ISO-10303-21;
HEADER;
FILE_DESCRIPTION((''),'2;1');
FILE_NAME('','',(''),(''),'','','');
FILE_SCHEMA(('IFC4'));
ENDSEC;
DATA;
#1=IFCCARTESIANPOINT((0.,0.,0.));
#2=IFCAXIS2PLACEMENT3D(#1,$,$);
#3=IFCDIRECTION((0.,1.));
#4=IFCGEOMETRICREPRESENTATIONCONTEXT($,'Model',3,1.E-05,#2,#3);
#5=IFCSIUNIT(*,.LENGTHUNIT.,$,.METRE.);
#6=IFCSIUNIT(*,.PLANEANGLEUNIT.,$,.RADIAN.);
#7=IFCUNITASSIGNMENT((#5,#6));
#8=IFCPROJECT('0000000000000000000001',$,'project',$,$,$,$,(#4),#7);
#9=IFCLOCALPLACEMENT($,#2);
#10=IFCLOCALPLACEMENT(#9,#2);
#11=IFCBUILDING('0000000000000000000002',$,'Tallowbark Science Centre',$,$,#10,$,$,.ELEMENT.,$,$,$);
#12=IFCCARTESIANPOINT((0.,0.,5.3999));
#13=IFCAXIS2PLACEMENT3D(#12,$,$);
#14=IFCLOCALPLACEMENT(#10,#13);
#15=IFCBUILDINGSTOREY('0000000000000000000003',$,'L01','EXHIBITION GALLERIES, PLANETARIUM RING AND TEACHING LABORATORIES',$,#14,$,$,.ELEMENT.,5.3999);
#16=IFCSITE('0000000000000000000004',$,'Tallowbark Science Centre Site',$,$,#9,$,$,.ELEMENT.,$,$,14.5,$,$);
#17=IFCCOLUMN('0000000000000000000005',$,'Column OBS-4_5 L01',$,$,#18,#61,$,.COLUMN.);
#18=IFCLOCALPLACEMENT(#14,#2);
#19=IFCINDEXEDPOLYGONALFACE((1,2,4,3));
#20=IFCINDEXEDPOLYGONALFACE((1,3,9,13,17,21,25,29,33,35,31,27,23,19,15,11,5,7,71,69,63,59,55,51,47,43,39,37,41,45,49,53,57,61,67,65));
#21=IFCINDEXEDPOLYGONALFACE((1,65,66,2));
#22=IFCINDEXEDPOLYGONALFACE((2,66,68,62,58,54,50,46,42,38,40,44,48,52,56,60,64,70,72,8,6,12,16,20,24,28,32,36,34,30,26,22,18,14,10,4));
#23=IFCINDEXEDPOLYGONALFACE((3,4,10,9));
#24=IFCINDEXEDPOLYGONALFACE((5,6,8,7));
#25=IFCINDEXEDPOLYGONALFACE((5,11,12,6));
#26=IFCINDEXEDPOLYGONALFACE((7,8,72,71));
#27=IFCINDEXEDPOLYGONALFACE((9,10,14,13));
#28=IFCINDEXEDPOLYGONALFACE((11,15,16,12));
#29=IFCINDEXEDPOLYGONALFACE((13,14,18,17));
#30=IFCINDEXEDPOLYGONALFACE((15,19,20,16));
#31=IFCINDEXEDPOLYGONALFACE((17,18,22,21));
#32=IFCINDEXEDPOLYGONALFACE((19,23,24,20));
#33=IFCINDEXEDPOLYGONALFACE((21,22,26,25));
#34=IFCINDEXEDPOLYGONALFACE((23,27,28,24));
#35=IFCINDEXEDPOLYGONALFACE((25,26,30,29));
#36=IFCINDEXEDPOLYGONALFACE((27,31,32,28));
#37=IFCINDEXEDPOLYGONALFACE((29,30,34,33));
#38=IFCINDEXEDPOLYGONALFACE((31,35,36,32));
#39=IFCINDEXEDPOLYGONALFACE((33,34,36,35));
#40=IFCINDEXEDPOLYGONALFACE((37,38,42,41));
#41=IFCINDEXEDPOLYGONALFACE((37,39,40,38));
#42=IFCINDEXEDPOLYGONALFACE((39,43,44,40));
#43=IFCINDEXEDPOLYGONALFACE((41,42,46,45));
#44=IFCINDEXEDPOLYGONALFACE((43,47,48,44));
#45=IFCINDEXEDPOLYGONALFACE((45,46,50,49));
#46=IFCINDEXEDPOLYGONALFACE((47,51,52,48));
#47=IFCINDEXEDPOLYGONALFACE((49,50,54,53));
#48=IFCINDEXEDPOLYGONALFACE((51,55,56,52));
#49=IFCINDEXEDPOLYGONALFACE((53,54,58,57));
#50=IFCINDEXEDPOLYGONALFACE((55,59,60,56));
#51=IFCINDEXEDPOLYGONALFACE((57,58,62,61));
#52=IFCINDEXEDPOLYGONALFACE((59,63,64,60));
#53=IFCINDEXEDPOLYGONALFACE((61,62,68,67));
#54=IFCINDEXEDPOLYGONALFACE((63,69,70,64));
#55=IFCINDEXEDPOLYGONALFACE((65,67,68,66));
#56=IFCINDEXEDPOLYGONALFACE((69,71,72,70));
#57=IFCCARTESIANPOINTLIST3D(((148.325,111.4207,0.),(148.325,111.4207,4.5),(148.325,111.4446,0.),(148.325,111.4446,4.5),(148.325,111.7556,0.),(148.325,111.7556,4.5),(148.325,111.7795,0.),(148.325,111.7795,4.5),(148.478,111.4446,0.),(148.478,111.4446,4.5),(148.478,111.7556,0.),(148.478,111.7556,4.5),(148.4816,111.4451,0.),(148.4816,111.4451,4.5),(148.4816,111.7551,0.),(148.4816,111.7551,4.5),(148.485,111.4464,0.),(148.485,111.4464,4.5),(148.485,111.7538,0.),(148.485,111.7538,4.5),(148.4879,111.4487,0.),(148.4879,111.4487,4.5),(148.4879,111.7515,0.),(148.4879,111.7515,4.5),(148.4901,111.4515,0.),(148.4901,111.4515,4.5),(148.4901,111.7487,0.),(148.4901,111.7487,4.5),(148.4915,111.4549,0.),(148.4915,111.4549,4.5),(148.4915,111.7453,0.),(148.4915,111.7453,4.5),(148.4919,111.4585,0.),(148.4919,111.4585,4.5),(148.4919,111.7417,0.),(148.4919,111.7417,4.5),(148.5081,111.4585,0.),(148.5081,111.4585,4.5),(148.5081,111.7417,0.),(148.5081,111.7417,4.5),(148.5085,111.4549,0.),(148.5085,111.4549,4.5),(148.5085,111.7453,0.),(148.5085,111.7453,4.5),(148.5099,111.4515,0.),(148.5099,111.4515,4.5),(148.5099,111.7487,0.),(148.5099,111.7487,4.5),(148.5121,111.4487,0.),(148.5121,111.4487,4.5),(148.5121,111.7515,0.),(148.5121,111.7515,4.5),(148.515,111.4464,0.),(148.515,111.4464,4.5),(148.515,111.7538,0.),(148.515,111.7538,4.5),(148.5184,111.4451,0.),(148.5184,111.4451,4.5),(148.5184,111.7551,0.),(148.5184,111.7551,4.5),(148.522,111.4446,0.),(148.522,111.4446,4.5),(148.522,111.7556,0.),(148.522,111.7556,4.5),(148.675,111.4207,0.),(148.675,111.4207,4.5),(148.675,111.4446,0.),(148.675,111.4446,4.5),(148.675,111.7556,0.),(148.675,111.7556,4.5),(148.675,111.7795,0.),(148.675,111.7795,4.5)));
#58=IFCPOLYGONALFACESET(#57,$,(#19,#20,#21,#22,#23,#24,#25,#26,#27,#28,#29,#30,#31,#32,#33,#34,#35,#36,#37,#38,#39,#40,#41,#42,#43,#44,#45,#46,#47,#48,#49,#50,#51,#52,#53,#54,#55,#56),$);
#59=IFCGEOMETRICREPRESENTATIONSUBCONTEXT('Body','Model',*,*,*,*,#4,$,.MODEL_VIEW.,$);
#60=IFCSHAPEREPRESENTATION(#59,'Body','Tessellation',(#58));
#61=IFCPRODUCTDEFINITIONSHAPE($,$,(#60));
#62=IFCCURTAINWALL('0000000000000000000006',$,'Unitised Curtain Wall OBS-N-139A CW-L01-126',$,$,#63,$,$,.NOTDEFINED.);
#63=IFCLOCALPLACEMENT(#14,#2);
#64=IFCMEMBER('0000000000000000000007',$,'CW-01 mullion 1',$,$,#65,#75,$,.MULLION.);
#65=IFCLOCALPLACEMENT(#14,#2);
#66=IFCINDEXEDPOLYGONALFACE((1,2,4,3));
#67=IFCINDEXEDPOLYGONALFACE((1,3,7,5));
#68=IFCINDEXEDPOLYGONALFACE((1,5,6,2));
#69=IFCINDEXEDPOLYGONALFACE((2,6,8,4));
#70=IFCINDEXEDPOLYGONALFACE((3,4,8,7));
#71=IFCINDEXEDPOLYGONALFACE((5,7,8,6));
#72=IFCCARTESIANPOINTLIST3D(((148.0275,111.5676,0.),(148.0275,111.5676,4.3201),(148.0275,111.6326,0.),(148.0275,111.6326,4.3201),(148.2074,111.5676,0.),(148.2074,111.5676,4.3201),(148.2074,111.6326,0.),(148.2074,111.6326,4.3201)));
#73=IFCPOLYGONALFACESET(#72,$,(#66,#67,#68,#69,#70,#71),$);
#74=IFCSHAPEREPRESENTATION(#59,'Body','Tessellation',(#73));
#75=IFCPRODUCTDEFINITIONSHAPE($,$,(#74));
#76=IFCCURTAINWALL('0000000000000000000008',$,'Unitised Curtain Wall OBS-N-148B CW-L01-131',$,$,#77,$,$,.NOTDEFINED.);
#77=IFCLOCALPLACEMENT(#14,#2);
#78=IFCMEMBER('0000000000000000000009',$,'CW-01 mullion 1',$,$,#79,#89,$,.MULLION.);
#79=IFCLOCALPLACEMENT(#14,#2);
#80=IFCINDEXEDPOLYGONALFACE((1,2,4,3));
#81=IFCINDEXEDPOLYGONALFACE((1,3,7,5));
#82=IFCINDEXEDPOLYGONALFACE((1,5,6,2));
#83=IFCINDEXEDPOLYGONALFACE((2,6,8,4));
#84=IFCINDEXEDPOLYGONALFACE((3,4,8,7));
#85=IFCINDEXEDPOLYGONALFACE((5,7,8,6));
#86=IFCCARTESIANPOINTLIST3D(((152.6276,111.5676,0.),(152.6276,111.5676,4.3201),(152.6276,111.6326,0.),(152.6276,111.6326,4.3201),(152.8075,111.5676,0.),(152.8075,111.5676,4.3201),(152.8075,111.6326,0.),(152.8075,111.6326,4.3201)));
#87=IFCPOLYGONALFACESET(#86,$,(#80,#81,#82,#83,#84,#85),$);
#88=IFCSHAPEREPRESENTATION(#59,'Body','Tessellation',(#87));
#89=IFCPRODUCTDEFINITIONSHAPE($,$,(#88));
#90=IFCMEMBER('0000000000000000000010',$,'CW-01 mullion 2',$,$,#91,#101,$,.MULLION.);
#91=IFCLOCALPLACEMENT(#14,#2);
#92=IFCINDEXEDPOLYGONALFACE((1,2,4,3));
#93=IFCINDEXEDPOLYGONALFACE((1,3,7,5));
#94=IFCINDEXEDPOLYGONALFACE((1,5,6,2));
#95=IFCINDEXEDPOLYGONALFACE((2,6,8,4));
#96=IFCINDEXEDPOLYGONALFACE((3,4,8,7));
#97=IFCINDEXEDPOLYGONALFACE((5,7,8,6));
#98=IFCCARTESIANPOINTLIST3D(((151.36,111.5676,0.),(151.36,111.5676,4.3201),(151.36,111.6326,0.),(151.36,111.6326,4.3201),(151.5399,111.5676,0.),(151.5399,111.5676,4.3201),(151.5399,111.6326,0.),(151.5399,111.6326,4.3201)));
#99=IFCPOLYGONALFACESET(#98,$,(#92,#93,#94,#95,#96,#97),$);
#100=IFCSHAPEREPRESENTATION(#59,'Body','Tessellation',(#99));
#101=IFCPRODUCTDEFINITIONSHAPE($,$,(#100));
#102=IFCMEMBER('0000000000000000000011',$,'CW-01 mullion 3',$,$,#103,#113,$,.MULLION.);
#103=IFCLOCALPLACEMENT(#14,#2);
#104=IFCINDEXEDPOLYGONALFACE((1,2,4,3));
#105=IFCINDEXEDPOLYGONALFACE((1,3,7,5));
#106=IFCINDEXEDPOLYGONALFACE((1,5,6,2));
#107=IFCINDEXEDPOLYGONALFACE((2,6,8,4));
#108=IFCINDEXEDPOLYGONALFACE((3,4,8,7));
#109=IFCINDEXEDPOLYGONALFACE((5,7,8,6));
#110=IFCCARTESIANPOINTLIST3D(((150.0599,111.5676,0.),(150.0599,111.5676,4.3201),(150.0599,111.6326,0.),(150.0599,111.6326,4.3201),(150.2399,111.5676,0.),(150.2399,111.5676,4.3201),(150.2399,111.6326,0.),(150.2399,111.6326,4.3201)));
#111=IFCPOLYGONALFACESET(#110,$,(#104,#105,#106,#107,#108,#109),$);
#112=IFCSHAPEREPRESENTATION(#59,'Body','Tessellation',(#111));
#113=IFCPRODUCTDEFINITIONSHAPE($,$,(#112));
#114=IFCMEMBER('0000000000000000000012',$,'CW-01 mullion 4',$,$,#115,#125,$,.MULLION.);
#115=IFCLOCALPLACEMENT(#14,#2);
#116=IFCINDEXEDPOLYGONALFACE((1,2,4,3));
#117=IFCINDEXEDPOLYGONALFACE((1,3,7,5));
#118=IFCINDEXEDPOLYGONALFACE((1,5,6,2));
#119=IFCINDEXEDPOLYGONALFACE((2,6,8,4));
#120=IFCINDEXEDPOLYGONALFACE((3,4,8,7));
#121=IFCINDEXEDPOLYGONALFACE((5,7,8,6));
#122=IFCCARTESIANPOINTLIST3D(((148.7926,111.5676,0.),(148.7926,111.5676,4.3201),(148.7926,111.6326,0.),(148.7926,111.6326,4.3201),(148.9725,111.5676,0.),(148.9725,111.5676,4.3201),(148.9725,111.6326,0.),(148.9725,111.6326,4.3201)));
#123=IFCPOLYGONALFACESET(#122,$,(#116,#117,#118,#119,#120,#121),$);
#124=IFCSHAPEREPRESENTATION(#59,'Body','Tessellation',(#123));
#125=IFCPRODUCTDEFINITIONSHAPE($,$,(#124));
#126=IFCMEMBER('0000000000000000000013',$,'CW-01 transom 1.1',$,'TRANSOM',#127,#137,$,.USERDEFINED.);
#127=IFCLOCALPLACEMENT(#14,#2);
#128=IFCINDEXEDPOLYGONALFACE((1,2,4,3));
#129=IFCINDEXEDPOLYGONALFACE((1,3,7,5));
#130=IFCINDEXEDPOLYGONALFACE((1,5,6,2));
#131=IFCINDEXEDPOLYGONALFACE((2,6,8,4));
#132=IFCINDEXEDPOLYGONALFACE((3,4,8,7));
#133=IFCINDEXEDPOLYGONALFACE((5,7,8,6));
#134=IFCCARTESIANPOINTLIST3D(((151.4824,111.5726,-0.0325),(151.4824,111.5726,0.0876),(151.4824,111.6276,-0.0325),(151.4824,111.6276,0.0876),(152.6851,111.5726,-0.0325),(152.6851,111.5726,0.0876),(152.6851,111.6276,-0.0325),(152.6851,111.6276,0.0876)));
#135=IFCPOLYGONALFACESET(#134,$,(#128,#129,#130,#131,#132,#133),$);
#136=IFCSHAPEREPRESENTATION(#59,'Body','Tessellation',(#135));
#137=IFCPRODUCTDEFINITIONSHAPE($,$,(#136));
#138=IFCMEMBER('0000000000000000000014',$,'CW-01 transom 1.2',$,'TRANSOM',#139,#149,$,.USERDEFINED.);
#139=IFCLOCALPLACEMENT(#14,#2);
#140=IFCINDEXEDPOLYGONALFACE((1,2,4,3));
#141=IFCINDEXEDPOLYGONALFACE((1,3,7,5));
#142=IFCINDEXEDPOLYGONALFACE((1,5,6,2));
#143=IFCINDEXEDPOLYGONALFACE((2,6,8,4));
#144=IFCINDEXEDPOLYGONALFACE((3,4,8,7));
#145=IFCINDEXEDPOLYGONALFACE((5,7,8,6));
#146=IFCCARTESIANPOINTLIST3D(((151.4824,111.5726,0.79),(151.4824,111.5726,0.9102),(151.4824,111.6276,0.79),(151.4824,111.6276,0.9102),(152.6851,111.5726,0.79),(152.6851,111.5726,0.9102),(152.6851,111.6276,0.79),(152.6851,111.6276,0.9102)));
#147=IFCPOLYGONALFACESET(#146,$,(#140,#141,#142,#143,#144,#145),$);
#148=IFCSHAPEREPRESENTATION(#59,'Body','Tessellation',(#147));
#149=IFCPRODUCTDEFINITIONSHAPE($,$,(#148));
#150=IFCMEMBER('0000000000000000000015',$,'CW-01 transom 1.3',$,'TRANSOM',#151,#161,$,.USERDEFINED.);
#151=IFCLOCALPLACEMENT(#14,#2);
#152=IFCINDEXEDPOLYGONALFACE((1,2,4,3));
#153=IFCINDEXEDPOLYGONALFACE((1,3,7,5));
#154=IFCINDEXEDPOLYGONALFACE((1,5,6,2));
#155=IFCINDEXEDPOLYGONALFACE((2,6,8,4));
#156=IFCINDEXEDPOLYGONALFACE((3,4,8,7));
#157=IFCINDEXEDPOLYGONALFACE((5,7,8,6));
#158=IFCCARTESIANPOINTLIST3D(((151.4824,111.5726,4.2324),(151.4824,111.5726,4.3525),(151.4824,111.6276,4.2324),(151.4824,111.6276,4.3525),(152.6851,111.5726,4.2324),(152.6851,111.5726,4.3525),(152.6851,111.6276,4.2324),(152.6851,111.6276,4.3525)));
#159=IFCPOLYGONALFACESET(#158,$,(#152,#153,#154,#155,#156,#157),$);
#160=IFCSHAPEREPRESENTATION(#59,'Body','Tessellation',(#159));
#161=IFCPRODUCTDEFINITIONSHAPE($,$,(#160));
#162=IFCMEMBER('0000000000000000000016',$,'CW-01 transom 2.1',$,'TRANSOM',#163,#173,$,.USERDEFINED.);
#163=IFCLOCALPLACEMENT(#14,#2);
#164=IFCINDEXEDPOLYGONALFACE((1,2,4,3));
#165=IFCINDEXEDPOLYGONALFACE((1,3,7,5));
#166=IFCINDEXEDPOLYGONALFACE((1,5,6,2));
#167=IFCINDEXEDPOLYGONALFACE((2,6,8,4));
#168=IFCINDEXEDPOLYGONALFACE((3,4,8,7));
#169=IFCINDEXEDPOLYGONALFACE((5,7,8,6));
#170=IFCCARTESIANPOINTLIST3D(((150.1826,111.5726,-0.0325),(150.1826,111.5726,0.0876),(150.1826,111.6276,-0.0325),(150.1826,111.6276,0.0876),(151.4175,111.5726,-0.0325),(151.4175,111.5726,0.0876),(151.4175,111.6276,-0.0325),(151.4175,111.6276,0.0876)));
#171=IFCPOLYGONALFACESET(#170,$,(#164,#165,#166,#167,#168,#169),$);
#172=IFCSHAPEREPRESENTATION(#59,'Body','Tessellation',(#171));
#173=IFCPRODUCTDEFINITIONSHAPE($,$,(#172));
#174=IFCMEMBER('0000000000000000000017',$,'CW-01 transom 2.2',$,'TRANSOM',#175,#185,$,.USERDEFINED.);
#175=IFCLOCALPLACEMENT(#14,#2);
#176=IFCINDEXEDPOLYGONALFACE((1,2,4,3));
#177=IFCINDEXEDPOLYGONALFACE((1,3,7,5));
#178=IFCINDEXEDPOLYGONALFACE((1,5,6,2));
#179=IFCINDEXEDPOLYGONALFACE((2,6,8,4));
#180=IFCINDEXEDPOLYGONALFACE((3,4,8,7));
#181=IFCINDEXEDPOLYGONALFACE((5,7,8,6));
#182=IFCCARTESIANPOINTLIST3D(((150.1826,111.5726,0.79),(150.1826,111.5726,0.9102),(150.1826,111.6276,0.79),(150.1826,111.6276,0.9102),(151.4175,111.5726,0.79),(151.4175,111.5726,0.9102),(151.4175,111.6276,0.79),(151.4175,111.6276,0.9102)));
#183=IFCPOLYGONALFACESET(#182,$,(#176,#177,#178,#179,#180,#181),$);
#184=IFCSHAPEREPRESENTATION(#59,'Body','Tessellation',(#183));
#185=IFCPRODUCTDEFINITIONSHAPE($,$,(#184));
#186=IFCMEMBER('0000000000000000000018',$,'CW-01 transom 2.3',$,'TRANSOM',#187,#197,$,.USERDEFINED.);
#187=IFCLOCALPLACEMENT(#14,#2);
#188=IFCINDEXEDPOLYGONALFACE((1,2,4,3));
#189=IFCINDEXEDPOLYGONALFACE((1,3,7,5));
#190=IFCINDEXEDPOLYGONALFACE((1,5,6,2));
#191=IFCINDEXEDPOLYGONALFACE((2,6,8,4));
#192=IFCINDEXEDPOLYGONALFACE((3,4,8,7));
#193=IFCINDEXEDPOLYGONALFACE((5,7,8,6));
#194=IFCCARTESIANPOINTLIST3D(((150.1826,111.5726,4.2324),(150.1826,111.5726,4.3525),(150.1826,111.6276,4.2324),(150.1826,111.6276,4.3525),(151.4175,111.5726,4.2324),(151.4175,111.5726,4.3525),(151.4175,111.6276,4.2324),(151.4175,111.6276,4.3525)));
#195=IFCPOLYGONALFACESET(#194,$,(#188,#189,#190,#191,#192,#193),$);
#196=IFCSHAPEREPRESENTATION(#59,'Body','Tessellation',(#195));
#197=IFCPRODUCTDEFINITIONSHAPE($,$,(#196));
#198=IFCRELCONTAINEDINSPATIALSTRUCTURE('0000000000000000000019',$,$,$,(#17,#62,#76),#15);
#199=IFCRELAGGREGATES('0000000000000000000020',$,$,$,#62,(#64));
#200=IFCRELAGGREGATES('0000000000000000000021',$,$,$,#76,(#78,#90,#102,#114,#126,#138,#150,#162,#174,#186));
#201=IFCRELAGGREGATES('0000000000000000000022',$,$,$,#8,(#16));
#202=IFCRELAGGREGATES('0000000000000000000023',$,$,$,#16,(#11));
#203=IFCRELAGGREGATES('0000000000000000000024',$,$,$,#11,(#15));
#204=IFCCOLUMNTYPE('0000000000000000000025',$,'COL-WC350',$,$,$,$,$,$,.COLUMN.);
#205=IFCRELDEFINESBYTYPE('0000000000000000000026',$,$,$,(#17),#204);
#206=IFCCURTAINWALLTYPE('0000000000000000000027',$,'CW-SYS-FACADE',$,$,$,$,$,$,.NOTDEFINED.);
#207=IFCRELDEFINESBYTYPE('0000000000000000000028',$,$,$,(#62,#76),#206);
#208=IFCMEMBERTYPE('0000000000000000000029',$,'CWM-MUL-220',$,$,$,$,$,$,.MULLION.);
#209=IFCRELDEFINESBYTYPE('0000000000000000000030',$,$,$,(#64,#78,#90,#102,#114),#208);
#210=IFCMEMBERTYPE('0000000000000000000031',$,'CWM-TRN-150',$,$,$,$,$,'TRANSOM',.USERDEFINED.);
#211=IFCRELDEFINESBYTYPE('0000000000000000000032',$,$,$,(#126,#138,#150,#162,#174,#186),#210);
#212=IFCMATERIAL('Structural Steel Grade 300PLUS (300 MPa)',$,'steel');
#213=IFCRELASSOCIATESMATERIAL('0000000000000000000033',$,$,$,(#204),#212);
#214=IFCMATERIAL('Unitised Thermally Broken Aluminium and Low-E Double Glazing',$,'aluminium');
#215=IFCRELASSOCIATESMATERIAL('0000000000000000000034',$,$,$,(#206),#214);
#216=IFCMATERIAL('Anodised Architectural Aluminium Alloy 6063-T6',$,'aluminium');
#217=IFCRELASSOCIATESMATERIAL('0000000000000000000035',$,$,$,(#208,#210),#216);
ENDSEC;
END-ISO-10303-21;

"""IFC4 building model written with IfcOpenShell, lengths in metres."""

from ifc_helpers import new_model, si_unit, direction, frame, origin, origin_2d, place, context, subcontext, project, spatial, rectangle, i_section, extrude, material, material_profile, profile_set, type_object, element, aggregate, save


model = new_model("IFC4")

# Units and contexts
model_context = context("Model", 3, precision=1e-05, world=origin(), true_north=direction((0.0, 1.0)))
body_context = subcontext(model_context, "Body", "Model", "MODEL_VIEW")
ifc_project = project(units=[si_unit("LENGTHUNIT", "METRE"), si_unit("PLANEANGLEUNIT", "RADIAN")], contexts=[model_context])

# Site, building, storey
site_placement = place(None, origin())
site = spatial("IfcSite", under=ifc_project, at=site_placement, Name="Tallowbark Science Centre Site", CompositionType="ELEMENT", RefElevation=14.5)
building_placement = place(site_placement, origin())
building = spatial("IfcBuilding", under=site, at=building_placement, Name="Tallowbark Science Centre", CompositionType="ELEMENT")
storey_placement = place(building_placement, frame((0.0, 0.0, 5.3999)))
storey = spatial("IfcBuildingStorey", under=building, at=storey_placement, Name="L01", Description="EXHIBITION GALLERIES, PLANETARIUM RING AND TEACHING LABORATORIES", CompositionType="ELEMENT", Elevation=5.3999)

# Column
ifc_material_1 = material(Name="Structural Steel Grade 300PLUS (300 MPa)", Category="steel")
ifc_material_profile_1 = material_profile(ifc_material_1, i_section(OverallWidth=0.3501, OverallDepth=0.3589, WebThickness=0.0161, FlangeThickness=0.0239, FilletRadius=0.0139, at=origin_2d()), Name="350WC197")
ifc_profile_set_1 = profile_set([ifc_material_profile_1], Name="Structural Steel Grade 300PLUS (300 MPa)")
column_type = type_object("IfcColumnType", Name="COL-WC350", PredefinedType="COLUMN", material=ifc_profile_set_1)
column_placement = place(storey_placement, frame((148.5, 111.6001, 0.0), z_axis=(0.0, 0.0, 1.0), x_axis=(1.0, 0.0, 0.0)))
element("IfcColumn", 1, at=column_placement, inside=storey, type_object=column_type, Name="Column OBS-4_5 L01", PredefinedType="COLUMN", context=body_context, shape_type="SweptSolid", body=[
    extrude(i_section(OverallWidth=0.3501, OverallDepth=0.3589, WebThickness=0.0161, FlangeThickness=0.0239, FilletRadius=0.0139, at=origin_2d()), origin(), (0.0, 0.0, 1.0), 4.5),
])

# Curtain wall, member
ifc_material_2 = material(Name="Unitised Thermally Broken Aluminium and Low-E Double Glazing", Category="aluminium")
curtain_wall_type = type_object("IfcCurtainWallType", Name="CW-SYS-FACADE", PredefinedType="NOTDEFINED", material=ifc_material_2)
curtain_wall_1_placement = place(storey_placement, origin())
curtain_wall_1 = element("IfcCurtainWall", 2, at=curtain_wall_1_placement, inside=storey, type_object=curtain_wall_type, Name="Unitised Curtain Wall OBS-N-139A CW-L01-126", PredefinedType="NOTDEFINED")
ifc_material_3 = material(Name="Anodised Architectural Aluminium Alloy 6063-T6", Category="aluminium")
ifc_material_profile_2 = material_profile(ifc_material_3, rectangle(XDim=0.0649, YDim=0.1799, at=origin_2d()), Name="ALU65x180")
ifc_profile_set_2 = profile_set([ifc_material_profile_2], Name="Anodised Architectural Aluminium Alloy 6063-T6")
member_type_1 = type_object("IfcMemberType", Name="CWM-MUL-220", PredefinedType="MULLION", material=ifc_profile_set_2)
member_1_placement = place(storey_placement, frame((148.1174, 111.6001, 0.0), z_axis=(0.0, 0.0, 1.0), x_axis=(0.0, -1.0, 0.0)))
member_1 = element("IfcMember", 3, at=member_1_placement, type_object=member_type_1, Name="CW-01 mullion 1", PredefinedType="MULLION", context=body_context, shape_type="SweptSolid", body=[
    extrude(rectangle(XDim=0.0649, YDim=0.1799, at=origin_2d()), origin(), (0.0, 0.0, 1.0), 4.3201),
])
aggregate(curtain_wall_1, [member_1])

# Curtain wall, members
curtain_wall_2_placement = place(storey_placement, origin())
curtain_wall_2 = element("IfcCurtainWall", 4, at=curtain_wall_2_placement, inside=storey, type_object=curtain_wall_type, Name="Unitised Curtain Wall OBS-N-148B CW-L01-131", PredefinedType="NOTDEFINED")
member_2_placement = place(storey_placement, frame((152.7175, 111.6001, 0.0), z_axis=(0.0, 0.0, 1.0), x_axis=(0.0, -1.0, 0.0)))
member_2 = element("IfcMember", 5, at=member_2_placement, type_object=member_type_1, Name="CW-01 mullion 1", PredefinedType="MULLION", context=body_context, shape_type="SweptSolid", body=[
    extrude(rectangle(XDim=0.0649, YDim=0.1799, at=origin_2d()), origin(), (0.0, 0.0, 1.0), 4.3201),
])
member_3_placement = place(storey_placement, frame((151.45, 111.6001, 0.0), z_axis=(0.0, 0.0, 1.0), x_axis=(0.0, -1.0, 0.0)))
member_3 = element("IfcMember", 6, at=member_3_placement, type_object=member_type_1, Name="CW-01 mullion 2", PredefinedType="MULLION", context=body_context, shape_type="SweptSolid", body=[
    extrude(rectangle(XDim=0.0649, YDim=0.1799, at=origin_2d()), origin(), (0.0, 0.0, 1.0), 4.3201),
])
member_4_placement = place(storey_placement, frame((150.1499, 111.6001, 0.0), z_axis=(0.0, 0.0, 1.0), x_axis=(0.0, -1.0, 0.0)))
member_4 = element("IfcMember", 7, at=member_4_placement, type_object=member_type_1, Name="CW-01 mullion 3", PredefinedType="MULLION", context=body_context, shape_type="SweptSolid", body=[
    extrude(rectangle(XDim=0.0649, YDim=0.1799, at=origin_2d()), origin(), (0.0, 0.0, 1.0), 4.3201),
])
member_5_placement = place(storey_placement, frame((148.8826, 111.6001, 0.0), z_axis=(0.0, 0.0, 1.0), x_axis=(0.0, -1.0, 0.0)))
member_5 = element("IfcMember", 8, at=member_5_placement, type_object=member_type_1, Name="CW-01 mullion 4", PredefinedType="MULLION", context=body_context, shape_type="SweptSolid", body=[
    extrude(rectangle(XDim=0.0649, YDim=0.1799, at=origin_2d()), origin(), (0.0, 0.0, 1.0), 4.3201),
])
ifc_material_profile_3 = material_profile(ifc_material_3, rectangle(XDim=0.0549, YDim=0.1201, at=origin_2d()), Name="ALU55x120")
ifc_profile_set_3 = profile_set([ifc_material_profile_3], Name="Anodised Architectural Aluminium Alloy 6063-T6")
member_type_2 = type_object("IfcMemberType", Name="CWM-TRN-150", ElementType="TRANSOM", PredefinedType="USERDEFINED", material=ifc_profile_set_3)
member_6_placement = place(storey_placement, frame((152.6851, 111.6001, 0.0276), z_axis=(-1.0, 0.0, 0.0), x_axis=(0.0, -1.0, 0.0)))
member_6 = element("IfcMember", 9, at=member_6_placement, type_object=member_type_2, Name="CW-01 transom 1.1", ObjectType="TRANSOM", PredefinedType="USERDEFINED", context=body_context, shape_type="SweptSolid", body=[
    extrude(rectangle(XDim=0.0549, YDim=0.1201, at=origin_2d()), origin(), (0.0, 0.0, 1.0), 1.2026),
])
member_7_placement = place(storey_placement, frame((152.6851, 111.6001, 0.8501), z_axis=(-1.0, 0.0, 0.0), x_axis=(0.0, -1.0, 0.0)))
member_7 = element("IfcMember", 10, at=member_7_placement, type_object=member_type_2, Name="CW-01 transom 1.2", ObjectType="TRANSOM", PredefinedType="USERDEFINED", context=body_context, shape_type="SweptSolid", body=[
    extrude(rectangle(XDim=0.0549, YDim=0.1201, at=origin_2d()), origin(), (0.0, 0.0, 1.0), 1.2026),
])
member_8_placement = place(storey_placement, frame((152.6851, 111.6001, 4.2925), z_axis=(-1.0, 0.0, 0.0), x_axis=(0.0, -1.0, 0.0)))
member_8 = element("IfcMember", 11, at=member_8_placement, type_object=member_type_2, Name="CW-01 transom 1.3", ObjectType="TRANSOM", PredefinedType="USERDEFINED", context=body_context, shape_type="SweptSolid", body=[
    extrude(rectangle(XDim=0.0549, YDim=0.1201, at=origin_2d()), origin(), (0.0, 0.0, 1.0), 1.2026),
])
member_9_placement = place(storey_placement, frame((151.4175, 111.6001, 0.0276), z_axis=(-1.0, 0.0, 0.0), x_axis=(0.0, -1.0, 0.0)))
member_9 = element("IfcMember", 12, at=member_9_placement, type_object=member_type_2, Name="CW-01 transom 2.1", ObjectType="TRANSOM", PredefinedType="USERDEFINED", context=body_context, shape_type="SweptSolid", body=[
    extrude(rectangle(XDim=0.0549, YDim=0.1201, at=origin_2d()), origin(), (0.0, 0.0, 1.0), 1.2349),
])
member_10_placement = place(storey_placement, frame((151.4175, 111.6001, 0.8501), z_axis=(-1.0, 0.0, 0.0), x_axis=(0.0, -1.0, 0.0)))
member_10 = element("IfcMember", 13, at=member_10_placement, type_object=member_type_2, Name="CW-01 transom 2.2", ObjectType="TRANSOM", PredefinedType="USERDEFINED", context=body_context, shape_type="SweptSolid", body=[
    extrude(rectangle(XDim=0.0549, YDim=0.1201, at=origin_2d()), origin(), (0.0, 0.0, 1.0), 1.2349),
])
member_11_placement = place(storey_placement, frame((151.4175, 111.6001, 4.2925), z_axis=(-1.0, 0.0, 0.0), x_axis=(0.0, -1.0, 0.0)))
member_11 = element("IfcMember", 14, at=member_11_placement, type_object=member_type_2, Name="CW-01 transom 2.3", ObjectType="TRANSOM", PredefinedType="USERDEFINED", context=body_context, shape_type="SweptSolid", body=[
    extrude(rectangle(XDim=0.0549, YDim=0.1201, at=origin_2d()), origin(), (0.0, 0.0, 1.0), 1.2349),
])

aggregate(curtain_wall_2, [member_2, member_3, member_4, member_5, member_6, member_7, member_8, member_9, member_10, member_11])

save(model, "model.ifc")
